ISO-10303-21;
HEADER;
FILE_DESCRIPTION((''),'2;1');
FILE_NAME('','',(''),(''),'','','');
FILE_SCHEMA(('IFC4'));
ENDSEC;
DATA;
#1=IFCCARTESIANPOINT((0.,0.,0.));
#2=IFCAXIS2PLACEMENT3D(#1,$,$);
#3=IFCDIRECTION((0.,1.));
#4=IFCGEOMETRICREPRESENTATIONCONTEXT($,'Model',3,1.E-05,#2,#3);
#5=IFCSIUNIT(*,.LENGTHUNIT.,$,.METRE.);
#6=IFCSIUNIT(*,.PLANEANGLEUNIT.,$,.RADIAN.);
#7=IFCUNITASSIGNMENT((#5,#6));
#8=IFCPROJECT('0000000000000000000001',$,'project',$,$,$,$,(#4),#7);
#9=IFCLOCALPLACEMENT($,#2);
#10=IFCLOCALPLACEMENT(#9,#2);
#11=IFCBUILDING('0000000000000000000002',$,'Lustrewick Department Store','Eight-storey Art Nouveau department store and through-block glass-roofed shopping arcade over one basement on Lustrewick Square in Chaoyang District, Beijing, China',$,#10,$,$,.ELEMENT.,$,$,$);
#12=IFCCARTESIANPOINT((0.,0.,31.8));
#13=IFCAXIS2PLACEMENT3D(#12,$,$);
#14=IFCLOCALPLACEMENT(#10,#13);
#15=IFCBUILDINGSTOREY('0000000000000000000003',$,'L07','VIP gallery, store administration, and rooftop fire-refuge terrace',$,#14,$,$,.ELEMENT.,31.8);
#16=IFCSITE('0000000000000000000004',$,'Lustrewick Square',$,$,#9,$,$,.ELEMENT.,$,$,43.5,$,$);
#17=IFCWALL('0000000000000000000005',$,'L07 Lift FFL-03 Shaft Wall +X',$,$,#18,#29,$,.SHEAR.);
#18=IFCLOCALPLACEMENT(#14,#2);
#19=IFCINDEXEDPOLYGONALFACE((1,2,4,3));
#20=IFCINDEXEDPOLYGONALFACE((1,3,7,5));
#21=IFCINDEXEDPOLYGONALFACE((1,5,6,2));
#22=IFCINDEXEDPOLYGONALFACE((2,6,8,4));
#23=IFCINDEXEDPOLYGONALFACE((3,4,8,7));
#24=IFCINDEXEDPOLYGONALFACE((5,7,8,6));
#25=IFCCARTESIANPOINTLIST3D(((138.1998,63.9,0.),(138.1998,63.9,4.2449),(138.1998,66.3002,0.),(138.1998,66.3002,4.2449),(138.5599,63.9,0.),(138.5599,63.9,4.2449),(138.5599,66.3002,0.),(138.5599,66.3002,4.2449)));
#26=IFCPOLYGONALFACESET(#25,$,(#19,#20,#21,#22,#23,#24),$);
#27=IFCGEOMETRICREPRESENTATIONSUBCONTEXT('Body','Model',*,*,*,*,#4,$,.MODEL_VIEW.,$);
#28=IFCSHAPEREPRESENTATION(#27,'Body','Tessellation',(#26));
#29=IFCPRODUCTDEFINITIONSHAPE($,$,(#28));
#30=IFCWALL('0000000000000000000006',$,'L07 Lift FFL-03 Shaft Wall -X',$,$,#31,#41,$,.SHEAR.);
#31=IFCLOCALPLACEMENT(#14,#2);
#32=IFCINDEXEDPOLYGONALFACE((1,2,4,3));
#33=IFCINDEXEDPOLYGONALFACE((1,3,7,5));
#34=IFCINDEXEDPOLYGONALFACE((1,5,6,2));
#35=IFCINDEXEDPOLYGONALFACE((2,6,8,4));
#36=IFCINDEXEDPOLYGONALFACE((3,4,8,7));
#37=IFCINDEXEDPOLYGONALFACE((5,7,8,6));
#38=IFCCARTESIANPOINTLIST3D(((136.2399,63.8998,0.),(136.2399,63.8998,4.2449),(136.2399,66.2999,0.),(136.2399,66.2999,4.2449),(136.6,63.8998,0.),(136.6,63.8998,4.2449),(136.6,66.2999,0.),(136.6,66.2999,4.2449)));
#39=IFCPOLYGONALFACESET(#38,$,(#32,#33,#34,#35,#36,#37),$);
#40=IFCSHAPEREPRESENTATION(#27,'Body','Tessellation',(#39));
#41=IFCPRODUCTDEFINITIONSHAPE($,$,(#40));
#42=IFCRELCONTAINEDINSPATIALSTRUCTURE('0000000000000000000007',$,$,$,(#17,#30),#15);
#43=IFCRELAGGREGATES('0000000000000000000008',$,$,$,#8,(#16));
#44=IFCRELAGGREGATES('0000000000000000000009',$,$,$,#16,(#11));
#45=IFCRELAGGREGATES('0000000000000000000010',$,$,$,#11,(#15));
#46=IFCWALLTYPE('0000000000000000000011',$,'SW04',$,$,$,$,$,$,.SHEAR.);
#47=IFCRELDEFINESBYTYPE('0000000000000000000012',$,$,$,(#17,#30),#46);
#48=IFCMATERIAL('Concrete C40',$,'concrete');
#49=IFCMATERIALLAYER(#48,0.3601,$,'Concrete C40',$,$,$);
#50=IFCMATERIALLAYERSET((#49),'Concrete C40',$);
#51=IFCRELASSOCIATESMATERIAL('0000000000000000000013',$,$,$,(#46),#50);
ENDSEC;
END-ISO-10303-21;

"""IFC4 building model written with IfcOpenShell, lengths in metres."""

from ifc_helpers import new_model, si_unit, direction, frame, frame_2d, origin, place, context, subcontext, project, spatial, rectangle, extrude, material, layer, layer_set, type_object, element, save


model = new_model("IFC4")

# Units and contexts
model_context = context("Model", 3, precision=1e-05, world=origin(), true_north=direction((0.0, 1.0)))
body_context = subcontext(model_context, "Body", "Model", "MODEL_VIEW")
ifc_project = project(units=[si_unit("LENGTHUNIT", "METRE"), si_unit("PLANEANGLEUNIT", "RADIAN")], contexts=[model_context])

# Site, building, storey
site_placement = place(None, origin())
site = spatial("IfcSite", under=ifc_project, at=site_placement, Name="Lustrewick Square", CompositionType="ELEMENT", RefElevation=43.5)
building_placement = place(site_placement, origin())
building = spatial("IfcBuilding", under=site, at=building_placement, Name="Lustrewick Department Store", Description="Eight-storey Art Nouveau department store and through-block glass-roofed shopping arcade over one basement on Lustrewick Square in Chaoyang District, Beijing, China", CompositionType="ELEMENT")
storey_placement = place(building_placement, frame((0.0, 0.0, 31.8)))
storey = spatial("IfcBuildingStorey", under=building, at=storey_placement, Name="L07", Description="VIP gallery, store administration, and rooftop fire-refuge terrace", CompositionType="ELEMENT", Elevation=31.8)

# Shared definitions
ifc_material_1 = material(Name="Concrete C40", Category="concrete")
ifc_layer_1 = layer(ifc_material_1, 0.3601, Name="Concrete C40")
ifc_layer_set_1 = layer_set([ifc_layer_1], Name="Concrete C40")
wall_type_1 = type_object("IfcWallType", Name="SW04", PredefinedType="SHEAR", material=ifc_layer_set_1)

# Walls
wall_1_placement = place(storey_placement, frame((138.3799, 63.8999, 0.0), z_axis=(0.0, 0.0, 1.0), x_axis=(0.0, 1.0, 0.0)))
element("IfcWall", 1, at=wall_1_placement, inside=storey, type_object=wall_type_1, Name="L07 Lift FFL-03 Shaft Wall +X", PredefinedType="SHEAR", context=body_context, shape_type="SweptSolid", body=[
    extrude(rectangle(XDim=2.4001, YDim=0.3601, at=frame_2d((1.2002, 0.0))), origin(), (0.0, 0.0, 1.0), 4.2449),
])
wall_2_placement = place(storey_placement, frame((136.4199, 66.3, 0.0), z_axis=(0.0, 0.0, 1.0), x_axis=(0.0, -1.0, 0.0)))
element("IfcWall", 2, at=wall_2_placement, inside=storey, type_object=wall_type_1, Name="L07 Lift FFL-03 Shaft Wall -X", PredefinedType="SHEAR", context=body_context, shape_type="SweptSolid", body=[
    extrude(rectangle(XDim=2.4001, YDim=0.3601, at=frame_2d((1.2002, 0.0))), origin(), (0.0, 0.0, 1.0), 4.2449),
])

save(model, "model.ifc")
